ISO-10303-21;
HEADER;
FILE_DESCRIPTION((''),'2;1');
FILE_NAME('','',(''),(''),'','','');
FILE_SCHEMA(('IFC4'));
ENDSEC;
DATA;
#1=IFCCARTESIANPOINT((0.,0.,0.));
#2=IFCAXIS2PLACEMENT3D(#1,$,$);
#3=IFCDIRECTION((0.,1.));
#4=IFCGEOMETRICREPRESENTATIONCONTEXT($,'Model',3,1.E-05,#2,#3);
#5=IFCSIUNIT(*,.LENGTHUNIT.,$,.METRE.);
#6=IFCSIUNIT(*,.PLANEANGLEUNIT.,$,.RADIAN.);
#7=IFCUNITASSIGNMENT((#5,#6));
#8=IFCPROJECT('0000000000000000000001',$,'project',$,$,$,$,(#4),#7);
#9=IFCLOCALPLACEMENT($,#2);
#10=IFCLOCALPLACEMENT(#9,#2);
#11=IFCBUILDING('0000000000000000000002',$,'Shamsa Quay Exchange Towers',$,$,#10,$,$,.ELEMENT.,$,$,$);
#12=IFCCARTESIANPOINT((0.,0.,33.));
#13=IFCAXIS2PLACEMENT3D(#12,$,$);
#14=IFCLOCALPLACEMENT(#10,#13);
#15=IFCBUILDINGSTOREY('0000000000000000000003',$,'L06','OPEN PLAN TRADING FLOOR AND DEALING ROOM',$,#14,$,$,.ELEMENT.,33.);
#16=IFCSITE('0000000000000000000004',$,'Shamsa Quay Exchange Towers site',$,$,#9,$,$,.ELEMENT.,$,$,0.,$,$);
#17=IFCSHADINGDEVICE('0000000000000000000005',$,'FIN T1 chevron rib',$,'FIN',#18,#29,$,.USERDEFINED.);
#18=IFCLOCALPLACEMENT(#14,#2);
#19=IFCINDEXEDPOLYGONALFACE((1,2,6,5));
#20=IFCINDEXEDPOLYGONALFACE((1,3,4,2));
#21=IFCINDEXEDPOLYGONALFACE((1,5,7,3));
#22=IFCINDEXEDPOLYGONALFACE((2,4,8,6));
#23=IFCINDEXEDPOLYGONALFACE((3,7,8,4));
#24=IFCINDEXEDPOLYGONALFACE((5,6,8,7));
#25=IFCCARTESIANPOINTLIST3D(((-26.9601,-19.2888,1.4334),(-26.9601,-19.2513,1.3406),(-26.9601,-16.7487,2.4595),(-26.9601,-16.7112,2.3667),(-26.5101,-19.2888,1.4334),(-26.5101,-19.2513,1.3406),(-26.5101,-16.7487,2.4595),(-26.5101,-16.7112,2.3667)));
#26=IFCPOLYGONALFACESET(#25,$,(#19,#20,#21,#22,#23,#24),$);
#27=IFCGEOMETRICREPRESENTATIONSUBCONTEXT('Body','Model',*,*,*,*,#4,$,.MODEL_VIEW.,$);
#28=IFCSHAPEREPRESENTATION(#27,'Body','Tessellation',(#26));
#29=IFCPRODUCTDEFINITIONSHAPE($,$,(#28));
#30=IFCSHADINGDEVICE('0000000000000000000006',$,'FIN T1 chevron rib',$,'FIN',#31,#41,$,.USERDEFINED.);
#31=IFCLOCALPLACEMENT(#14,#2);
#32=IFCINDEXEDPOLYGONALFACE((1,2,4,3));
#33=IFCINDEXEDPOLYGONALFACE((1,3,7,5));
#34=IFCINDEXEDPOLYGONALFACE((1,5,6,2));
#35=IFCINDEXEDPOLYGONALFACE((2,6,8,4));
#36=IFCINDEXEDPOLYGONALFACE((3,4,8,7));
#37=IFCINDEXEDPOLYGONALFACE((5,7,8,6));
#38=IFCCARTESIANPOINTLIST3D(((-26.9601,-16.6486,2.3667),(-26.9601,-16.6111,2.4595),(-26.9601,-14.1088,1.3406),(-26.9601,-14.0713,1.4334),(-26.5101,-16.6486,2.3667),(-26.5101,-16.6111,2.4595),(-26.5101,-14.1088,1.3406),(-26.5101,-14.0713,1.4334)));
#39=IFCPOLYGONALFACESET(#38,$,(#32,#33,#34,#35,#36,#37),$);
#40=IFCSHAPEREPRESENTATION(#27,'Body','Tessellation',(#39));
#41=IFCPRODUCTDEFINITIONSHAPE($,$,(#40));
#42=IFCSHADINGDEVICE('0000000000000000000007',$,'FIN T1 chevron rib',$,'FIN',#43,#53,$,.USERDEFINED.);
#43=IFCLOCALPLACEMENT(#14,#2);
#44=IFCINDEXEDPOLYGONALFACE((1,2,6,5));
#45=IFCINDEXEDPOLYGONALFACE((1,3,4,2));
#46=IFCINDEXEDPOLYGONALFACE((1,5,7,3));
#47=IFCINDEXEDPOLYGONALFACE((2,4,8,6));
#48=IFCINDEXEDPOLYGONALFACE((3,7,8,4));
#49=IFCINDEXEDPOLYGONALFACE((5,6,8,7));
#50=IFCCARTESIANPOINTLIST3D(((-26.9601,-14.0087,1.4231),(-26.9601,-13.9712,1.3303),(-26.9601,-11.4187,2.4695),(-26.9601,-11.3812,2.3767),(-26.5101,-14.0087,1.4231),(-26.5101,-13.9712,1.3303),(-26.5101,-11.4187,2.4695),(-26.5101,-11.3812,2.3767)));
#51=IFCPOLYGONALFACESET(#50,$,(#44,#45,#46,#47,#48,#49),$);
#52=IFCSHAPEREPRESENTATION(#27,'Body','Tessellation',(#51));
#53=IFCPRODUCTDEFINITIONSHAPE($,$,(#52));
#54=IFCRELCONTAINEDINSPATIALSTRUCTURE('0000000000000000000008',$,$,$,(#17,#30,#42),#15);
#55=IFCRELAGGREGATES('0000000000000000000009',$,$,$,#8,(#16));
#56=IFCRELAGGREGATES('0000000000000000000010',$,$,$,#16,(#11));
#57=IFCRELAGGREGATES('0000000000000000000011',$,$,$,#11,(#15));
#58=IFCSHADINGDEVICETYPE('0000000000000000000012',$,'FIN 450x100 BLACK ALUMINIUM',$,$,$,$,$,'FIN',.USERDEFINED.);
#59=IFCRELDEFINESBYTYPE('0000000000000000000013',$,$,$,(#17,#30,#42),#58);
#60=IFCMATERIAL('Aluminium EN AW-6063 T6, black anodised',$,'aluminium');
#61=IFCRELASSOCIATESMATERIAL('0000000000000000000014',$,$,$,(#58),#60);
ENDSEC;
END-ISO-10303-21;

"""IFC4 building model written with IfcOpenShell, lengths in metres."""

from ifc_helpers import new_model, si_unit, direction, frame, origin, origin_2d, place, context, subcontext, project, spatial, rectangle, extrude, material, material_profile, profile_set, type_object, element, save


model = new_model("IFC4")

# Units and contexts
model_context = context("Model", 3, precision=1e-05, world=origin(), true_north=direction((0.0, 1.0)))
body_context = subcontext(model_context, "Body", "Model", "MODEL_VIEW")
ifc_project = project(units=[si_unit("LENGTHUNIT", "METRE"), si_unit("PLANEANGLEUNIT", "RADIAN")], contexts=[model_context])

# Site, building, storey
site_placement = place(None, origin())
site = spatial("IfcSite", under=ifc_project, at=site_placement, Name="Shamsa Quay Exchange Towers site", CompositionType="ELEMENT", RefElevation=0.0)
building_placement = place(site_placement, origin())
building = spatial("IfcBuilding", under=site, at=building_placement, Name="Shamsa Quay Exchange Towers", CompositionType="ELEMENT")
storey_placement = place(building_placement, frame((0.0, 0.0, 33.0)))
storey = spatial("IfcBuildingStorey", under=building, at=storey_placement, Name="L06", Description="OPEN PLAN TRADING FLOOR AND DEALING ROOM", CompositionType="ELEMENT", Elevation=33.0)

# Shared definitions
ifc_material_1 = material(Name="Aluminium EN AW-6063 T6, black anodised", Category="aluminium")

# Shading devices
ifc_material_profile_1 = material_profile(ifc_material_1, rectangle(XDim=0.45, YDim=0.1001, at=origin_2d()), Name="FIN450x100")
ifc_profile_set_1 = profile_set([ifc_material_profile_1], Name="Aluminium EN AW-6063 T6, black anodised")
shading_device_type = type_object("IfcShadingDeviceType", Name="FIN 450x100 BLACK ALUMINIUM", ElementType="FIN", PredefinedType="USERDEFINED", material=ifc_profile_set_1)
shading_device_1_placement = place(storey_placement, frame((-26.7351, -19.27, 1.387), z_axis=(0.0, 0.927199, 0.374569), x_axis=(-1.0, 0.0, 0.0)))
element("IfcShadingDevice", 1, at=shading_device_1_placement, inside=storey, type_object=shading_device_type, Name="FIN T1 chevron rib", ObjectType="FIN", PredefinedType="USERDEFINED", context=body_context, shape_type="SweptSolid", body=[
    extrude(rectangle(XDim=0.45, YDim=0.1001, at=origin_2d()), origin(), (0.0, 0.0, 1.0), 2.7395),
])
shading_device_2_placement = place(storey_placement, frame((-26.7351, -16.6299, 2.4131), z_axis=(0.0, 0.927186, -0.3746), x_axis=(-1.0, 0.0, 0.0)))
element("IfcShadingDevice", 2, at=shading_device_2_placement, inside=storey, type_object=shading_device_type, Name="FIN T1 chevron rib", ObjectType="FIN", PredefinedType="USERDEFINED", context=body_context, shape_type="SweptSolid", body=[
    extrude(rectangle(XDim=0.45, YDim=0.1001, at=origin_2d()), origin(), (0.0, 0.0, 1.0), 2.7393),
])
shading_device_3_placement = place(storey_placement, frame((-26.7351, -13.99, 1.3767), z_axis=(0.0, 0.927193, 0.374583), x_axis=(-1.0, 0.0, 0.0)))
element("IfcShadingDevice", 3, at=shading_device_3_placement, inside=storey, type_object=shading_device_type, Name="FIN T1 chevron rib", ObjectType="FIN", PredefinedType="USERDEFINED", context=body_context, shape_type="SweptSolid", body=[
    extrude(rectangle(XDim=0.45, YDim=0.1001, at=origin_2d()), origin(), (0.0, 0.0, 1.0), 2.7935),
])

save(model, "model.ifc")
